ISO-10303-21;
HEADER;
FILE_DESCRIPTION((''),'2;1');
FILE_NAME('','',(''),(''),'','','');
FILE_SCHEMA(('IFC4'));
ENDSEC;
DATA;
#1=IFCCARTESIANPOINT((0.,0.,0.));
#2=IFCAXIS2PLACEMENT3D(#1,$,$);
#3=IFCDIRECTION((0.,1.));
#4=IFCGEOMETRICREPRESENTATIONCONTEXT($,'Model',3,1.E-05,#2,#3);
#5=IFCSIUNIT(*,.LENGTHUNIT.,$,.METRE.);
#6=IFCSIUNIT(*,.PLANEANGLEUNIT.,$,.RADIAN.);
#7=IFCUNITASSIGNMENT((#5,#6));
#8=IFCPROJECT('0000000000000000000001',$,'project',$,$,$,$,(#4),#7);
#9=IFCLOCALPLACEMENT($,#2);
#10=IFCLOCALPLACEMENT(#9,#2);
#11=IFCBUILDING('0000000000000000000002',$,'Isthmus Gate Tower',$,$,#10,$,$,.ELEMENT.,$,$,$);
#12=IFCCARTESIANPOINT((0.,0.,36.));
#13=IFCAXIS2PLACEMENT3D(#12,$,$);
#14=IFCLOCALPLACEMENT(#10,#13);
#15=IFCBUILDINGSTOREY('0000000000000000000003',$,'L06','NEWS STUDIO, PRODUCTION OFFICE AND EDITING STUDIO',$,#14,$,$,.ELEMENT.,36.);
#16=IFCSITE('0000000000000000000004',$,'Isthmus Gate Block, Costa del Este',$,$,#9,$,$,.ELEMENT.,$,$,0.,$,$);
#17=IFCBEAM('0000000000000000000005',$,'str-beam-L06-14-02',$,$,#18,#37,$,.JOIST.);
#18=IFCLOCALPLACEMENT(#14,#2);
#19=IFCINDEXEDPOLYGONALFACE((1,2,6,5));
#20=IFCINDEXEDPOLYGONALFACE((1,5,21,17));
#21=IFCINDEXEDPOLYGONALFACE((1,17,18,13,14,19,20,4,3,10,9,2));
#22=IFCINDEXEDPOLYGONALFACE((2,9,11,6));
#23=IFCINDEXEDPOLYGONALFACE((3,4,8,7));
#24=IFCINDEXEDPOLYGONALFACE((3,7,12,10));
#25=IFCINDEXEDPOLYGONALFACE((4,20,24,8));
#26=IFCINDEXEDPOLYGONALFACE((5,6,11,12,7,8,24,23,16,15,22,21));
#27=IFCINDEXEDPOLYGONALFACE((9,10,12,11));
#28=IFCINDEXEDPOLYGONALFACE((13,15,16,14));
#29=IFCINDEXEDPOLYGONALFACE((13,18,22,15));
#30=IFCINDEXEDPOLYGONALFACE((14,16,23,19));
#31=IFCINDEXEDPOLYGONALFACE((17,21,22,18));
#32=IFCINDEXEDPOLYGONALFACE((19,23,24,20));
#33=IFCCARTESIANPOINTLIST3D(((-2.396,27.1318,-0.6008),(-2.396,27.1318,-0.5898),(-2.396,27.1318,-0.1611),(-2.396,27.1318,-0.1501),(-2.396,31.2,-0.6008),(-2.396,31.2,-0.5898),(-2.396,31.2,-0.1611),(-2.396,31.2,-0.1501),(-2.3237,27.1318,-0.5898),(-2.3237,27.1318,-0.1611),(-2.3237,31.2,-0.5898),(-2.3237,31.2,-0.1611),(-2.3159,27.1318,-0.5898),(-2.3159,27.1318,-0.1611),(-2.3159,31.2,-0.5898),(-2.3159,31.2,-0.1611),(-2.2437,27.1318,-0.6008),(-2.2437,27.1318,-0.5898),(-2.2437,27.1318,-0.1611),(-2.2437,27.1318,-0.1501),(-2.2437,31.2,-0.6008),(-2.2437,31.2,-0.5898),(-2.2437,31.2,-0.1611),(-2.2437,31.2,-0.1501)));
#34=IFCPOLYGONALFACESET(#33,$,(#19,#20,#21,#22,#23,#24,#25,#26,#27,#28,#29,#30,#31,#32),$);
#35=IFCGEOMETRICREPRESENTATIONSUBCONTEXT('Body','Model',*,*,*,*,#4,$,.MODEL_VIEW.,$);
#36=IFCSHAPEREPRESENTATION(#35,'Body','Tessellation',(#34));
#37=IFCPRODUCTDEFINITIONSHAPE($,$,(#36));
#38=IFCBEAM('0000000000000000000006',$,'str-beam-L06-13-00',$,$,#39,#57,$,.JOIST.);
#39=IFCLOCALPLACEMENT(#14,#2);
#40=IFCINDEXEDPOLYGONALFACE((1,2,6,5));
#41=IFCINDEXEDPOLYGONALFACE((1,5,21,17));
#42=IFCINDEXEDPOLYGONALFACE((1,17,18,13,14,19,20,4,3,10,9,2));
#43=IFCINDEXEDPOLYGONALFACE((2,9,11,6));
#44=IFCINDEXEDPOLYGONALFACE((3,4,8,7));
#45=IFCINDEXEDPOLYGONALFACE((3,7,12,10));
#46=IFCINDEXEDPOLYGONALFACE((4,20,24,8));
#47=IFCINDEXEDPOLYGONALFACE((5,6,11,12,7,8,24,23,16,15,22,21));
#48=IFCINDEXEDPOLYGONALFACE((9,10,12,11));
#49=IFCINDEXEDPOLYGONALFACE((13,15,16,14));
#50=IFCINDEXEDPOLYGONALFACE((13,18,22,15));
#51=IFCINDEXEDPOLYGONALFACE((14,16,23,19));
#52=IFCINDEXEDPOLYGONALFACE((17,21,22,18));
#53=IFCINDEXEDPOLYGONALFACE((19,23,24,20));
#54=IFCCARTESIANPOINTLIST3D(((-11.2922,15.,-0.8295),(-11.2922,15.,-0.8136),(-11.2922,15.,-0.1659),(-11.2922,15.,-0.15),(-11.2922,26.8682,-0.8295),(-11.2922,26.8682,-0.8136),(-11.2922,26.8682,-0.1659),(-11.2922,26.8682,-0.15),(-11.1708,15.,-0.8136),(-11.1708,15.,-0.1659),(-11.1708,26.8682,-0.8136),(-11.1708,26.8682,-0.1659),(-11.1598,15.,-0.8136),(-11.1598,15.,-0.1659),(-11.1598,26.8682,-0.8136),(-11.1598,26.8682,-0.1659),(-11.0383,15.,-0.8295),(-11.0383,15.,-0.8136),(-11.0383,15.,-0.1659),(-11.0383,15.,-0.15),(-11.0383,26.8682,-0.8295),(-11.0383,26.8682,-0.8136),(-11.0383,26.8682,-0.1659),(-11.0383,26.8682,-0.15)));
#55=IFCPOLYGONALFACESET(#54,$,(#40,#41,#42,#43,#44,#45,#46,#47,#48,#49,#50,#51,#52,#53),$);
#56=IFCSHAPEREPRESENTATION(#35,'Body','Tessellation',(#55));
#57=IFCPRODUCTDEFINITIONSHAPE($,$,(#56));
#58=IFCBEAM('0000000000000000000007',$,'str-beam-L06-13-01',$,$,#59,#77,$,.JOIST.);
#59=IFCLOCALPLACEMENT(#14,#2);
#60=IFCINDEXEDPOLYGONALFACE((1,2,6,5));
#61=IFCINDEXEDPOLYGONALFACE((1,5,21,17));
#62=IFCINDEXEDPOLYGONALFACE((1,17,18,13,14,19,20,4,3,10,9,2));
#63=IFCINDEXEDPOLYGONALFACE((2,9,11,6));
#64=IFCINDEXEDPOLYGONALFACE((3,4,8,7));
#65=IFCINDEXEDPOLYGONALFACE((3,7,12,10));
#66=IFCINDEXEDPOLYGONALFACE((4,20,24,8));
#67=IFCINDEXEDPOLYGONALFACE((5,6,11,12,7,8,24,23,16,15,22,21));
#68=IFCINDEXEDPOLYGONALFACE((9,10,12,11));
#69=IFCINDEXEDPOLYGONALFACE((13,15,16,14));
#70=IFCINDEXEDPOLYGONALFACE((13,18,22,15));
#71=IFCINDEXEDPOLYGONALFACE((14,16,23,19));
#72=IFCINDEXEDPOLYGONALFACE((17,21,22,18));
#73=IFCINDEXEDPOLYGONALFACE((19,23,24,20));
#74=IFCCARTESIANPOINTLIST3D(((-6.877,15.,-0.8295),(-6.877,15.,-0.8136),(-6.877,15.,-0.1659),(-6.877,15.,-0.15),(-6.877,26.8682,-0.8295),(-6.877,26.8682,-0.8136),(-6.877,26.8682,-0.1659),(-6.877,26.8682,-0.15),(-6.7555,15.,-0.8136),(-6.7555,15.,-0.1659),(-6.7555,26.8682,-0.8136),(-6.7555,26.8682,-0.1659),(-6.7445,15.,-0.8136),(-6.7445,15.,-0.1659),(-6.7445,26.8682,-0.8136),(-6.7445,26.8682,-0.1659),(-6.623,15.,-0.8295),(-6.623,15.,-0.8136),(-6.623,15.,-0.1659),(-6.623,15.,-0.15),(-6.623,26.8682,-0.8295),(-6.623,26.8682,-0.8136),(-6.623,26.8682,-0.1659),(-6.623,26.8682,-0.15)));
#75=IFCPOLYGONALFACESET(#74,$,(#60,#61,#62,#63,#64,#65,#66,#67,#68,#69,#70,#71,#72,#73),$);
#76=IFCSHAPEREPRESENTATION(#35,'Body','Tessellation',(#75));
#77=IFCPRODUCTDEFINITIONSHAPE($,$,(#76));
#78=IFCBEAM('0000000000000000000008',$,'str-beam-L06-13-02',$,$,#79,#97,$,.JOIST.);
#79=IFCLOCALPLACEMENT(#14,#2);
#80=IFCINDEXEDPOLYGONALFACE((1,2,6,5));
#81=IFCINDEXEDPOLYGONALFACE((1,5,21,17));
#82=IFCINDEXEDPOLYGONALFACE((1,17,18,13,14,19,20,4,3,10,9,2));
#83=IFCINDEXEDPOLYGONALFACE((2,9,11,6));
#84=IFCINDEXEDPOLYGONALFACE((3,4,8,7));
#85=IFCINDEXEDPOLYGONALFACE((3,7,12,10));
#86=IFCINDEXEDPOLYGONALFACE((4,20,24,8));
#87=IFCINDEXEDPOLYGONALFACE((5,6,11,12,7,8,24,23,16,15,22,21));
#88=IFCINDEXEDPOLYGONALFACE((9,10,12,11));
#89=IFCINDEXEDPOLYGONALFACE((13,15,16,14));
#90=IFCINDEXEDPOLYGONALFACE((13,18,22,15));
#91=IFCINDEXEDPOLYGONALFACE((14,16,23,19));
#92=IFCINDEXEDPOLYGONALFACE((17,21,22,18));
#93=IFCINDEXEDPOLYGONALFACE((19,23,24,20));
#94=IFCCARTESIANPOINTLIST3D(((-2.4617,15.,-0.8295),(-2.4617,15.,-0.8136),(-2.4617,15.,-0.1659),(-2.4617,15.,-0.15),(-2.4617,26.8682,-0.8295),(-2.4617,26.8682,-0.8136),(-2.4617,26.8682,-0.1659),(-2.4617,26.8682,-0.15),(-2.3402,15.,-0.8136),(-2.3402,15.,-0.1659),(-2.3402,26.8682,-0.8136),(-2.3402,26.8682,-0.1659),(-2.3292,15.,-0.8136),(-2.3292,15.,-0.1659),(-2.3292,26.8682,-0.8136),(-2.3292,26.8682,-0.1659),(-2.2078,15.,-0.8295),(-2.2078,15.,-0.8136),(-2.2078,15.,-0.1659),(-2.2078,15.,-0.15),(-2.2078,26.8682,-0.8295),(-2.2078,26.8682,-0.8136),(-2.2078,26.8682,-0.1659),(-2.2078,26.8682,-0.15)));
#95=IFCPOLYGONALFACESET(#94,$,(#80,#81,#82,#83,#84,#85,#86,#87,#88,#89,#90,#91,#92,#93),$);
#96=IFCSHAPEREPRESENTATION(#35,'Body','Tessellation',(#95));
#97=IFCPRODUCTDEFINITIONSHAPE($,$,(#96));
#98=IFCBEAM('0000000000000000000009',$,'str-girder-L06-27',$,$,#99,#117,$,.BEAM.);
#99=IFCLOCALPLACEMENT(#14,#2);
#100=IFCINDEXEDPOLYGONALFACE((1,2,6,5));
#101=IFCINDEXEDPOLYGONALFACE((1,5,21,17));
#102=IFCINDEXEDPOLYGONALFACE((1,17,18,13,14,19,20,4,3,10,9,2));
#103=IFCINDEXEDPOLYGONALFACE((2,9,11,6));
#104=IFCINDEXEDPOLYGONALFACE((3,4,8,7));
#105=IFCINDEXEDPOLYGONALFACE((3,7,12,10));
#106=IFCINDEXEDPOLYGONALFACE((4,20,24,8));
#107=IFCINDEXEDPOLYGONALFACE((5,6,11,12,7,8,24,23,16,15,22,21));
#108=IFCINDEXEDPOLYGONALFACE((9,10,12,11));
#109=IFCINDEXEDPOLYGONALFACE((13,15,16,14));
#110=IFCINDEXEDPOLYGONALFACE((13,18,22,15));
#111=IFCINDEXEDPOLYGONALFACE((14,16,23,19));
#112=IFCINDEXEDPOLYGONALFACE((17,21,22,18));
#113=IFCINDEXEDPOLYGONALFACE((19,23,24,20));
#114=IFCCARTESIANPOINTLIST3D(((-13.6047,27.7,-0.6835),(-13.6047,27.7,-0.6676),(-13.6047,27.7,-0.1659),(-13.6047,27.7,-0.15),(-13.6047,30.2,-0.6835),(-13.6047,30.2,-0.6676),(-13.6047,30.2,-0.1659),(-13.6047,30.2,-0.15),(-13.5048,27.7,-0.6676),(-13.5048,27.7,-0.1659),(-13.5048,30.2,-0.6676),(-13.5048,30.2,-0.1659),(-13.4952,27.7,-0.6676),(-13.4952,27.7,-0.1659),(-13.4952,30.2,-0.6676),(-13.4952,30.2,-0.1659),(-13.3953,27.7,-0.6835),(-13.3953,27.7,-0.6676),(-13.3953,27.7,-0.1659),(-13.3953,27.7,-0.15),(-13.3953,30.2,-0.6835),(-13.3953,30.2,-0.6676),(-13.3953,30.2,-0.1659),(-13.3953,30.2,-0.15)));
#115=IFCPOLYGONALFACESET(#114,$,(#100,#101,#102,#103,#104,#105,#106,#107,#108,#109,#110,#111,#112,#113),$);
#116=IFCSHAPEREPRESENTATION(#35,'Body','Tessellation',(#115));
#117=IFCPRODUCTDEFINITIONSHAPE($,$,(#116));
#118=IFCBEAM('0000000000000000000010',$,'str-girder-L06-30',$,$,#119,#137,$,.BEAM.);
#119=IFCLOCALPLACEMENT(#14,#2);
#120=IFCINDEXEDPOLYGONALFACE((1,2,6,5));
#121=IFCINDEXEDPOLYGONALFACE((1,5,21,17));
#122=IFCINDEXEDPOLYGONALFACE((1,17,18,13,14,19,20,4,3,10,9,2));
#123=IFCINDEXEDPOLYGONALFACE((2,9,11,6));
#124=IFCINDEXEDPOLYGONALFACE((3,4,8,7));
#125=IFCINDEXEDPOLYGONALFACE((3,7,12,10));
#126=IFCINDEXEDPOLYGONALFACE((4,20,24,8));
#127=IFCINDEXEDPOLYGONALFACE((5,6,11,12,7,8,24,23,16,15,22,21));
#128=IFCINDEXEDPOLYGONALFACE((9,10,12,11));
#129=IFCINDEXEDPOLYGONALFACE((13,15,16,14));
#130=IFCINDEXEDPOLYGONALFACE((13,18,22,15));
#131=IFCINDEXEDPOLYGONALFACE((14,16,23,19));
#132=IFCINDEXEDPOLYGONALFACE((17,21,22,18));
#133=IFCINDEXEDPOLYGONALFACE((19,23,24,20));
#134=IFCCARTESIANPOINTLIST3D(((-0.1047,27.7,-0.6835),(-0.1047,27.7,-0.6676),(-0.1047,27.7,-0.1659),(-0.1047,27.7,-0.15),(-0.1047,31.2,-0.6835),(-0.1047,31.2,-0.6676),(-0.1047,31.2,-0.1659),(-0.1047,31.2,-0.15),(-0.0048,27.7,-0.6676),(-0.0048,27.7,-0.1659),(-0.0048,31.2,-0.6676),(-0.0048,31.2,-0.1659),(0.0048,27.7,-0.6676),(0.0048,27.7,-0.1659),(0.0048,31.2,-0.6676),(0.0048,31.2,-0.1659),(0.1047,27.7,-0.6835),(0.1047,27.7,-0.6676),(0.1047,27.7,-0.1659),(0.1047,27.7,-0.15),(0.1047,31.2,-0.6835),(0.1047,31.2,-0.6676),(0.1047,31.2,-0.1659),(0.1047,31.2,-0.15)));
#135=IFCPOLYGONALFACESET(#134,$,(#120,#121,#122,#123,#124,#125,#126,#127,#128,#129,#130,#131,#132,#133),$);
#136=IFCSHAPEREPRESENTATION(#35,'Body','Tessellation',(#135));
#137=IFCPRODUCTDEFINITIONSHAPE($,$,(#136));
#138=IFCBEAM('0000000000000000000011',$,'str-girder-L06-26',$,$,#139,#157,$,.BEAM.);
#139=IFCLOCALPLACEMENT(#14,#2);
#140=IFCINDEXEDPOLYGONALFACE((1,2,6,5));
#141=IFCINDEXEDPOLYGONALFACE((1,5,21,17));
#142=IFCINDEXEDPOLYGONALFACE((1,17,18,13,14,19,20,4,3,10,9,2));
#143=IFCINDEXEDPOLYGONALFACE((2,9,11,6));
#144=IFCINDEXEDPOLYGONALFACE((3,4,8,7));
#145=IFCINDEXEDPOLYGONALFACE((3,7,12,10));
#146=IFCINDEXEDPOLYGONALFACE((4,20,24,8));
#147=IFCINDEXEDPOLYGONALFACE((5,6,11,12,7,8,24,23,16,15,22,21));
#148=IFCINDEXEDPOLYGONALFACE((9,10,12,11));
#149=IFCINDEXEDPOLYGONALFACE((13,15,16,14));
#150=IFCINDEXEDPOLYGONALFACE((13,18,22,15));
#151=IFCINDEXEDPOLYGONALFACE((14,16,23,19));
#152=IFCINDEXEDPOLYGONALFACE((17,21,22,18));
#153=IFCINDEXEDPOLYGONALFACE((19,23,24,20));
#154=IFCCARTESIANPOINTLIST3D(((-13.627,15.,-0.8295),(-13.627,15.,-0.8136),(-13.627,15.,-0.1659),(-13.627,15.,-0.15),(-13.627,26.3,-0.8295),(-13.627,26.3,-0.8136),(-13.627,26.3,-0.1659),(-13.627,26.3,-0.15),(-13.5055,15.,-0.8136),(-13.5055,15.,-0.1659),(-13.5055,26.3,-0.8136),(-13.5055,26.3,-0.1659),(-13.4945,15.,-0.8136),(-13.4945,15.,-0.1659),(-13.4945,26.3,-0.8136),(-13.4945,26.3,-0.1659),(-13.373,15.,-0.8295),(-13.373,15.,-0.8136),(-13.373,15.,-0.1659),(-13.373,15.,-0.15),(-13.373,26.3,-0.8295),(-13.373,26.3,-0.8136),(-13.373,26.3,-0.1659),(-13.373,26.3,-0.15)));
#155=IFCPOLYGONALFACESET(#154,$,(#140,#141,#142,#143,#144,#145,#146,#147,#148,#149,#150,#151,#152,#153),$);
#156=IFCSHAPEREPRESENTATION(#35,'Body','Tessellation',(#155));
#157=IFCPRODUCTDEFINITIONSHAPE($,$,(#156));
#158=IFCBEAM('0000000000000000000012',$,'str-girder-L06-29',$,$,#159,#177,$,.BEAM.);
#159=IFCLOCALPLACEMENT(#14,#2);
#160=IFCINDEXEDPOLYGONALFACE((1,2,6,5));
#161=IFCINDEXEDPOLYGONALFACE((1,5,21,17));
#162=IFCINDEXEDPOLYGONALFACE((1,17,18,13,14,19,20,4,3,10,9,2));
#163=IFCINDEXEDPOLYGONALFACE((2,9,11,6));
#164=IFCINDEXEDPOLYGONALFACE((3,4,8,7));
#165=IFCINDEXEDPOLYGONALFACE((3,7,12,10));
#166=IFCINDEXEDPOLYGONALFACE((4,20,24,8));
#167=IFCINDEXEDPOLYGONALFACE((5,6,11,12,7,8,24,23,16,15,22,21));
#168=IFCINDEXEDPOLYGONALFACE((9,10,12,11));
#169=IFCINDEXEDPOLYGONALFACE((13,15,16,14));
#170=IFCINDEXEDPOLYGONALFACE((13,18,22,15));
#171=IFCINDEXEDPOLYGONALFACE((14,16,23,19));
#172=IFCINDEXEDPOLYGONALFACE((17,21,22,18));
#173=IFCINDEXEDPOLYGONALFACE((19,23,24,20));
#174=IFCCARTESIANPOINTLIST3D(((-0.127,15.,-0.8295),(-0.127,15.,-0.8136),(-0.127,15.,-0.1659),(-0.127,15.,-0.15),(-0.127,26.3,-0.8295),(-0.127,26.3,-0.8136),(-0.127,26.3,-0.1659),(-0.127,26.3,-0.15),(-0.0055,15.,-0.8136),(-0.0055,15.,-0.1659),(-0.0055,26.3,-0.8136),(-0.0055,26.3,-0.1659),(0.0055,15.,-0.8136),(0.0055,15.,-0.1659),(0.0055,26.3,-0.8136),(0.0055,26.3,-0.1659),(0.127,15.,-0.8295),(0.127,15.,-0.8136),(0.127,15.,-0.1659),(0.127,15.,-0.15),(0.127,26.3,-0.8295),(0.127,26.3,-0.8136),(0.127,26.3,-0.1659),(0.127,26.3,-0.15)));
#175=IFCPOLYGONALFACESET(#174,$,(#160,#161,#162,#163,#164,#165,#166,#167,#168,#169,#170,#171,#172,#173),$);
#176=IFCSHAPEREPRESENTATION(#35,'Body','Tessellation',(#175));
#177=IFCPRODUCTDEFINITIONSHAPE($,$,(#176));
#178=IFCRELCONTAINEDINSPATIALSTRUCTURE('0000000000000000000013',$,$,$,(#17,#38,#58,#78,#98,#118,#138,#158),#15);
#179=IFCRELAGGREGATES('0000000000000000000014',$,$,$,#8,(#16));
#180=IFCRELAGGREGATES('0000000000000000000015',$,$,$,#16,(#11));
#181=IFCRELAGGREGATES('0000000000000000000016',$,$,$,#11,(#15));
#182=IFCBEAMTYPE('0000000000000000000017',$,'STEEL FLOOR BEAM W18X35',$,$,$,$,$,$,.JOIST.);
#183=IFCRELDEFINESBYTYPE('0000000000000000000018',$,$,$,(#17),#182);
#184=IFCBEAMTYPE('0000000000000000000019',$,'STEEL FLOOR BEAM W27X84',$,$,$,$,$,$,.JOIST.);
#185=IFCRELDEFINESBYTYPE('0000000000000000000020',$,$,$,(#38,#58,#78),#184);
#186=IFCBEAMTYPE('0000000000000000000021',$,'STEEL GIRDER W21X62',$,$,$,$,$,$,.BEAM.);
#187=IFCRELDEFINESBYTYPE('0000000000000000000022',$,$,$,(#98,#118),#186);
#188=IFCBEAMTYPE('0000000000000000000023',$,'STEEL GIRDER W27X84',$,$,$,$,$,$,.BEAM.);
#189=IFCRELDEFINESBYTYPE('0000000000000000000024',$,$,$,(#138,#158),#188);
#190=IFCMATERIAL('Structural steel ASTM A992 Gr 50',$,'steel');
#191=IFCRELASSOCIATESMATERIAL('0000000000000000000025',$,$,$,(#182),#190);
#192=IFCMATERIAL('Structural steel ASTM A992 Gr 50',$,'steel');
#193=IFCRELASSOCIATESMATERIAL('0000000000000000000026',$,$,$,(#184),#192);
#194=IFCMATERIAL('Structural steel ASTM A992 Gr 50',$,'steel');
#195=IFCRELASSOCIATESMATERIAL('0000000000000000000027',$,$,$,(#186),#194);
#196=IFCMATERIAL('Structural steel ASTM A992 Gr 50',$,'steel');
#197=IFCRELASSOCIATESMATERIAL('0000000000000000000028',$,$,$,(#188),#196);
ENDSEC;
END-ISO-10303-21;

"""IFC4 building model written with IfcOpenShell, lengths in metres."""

from ifc_helpers import new_model, si_unit, direction, frame, origin, origin_2d, place, context, subcontext, project, spatial, i_section, extrude, material, material_profile, profile_set, type_object, element, save


model = new_model("IFC4")

# Units and contexts
model_context = context("Model", 3, precision=1e-05, world=origin(), true_north=direction((0.0, 1.0)))
body_context = subcontext(model_context, "Body", "Model", "MODEL_VIEW")
ifc_project = project(units=[si_unit("LENGTHUNIT", "METRE"), si_unit("PLANEANGLEUNIT", "RADIAN")], contexts=[model_context])

# Site, building, storey
site_placement = place(None, origin())
site = spatial("IfcSite", under=ifc_project, at=site_placement, Name="Isthmus Gate Block, Costa del Este", CompositionType="ELEMENT", RefElevation=0.0)
building_placement = place(site_placement, origin())
building = spatial("IfcBuilding", under=site, at=building_placement, Name="Isthmus Gate Tower", CompositionType="ELEMENT")
storey_placement = place(building_placement, frame((0.0, 0.0, 36.0)))
storey = spatial("IfcBuildingStorey", under=building, at=storey_placement, Name="L06", Description="NEWS STUDIO, PRODUCTION OFFICE AND EDITING STUDIO", CompositionType="ELEMENT", Elevation=36.0)

# Beams
ifc_material_1 = material(Name="Structural steel ASTM A992 Gr 50", Category="steel")
ifc_material_profile_1 = material_profile(ifc_material_1, i_section(OverallWidth=0.1523, OverallDepth=0.4507, WebThickness=0.0078, FlangeThickness=0.011, at=origin_2d()), Name="W18X35")
ifc_profile_set_1 = profile_set([ifc_material_profile_1], Name="Structural steel ASTM A992 Gr 50")
beam_type_1 = type_object("IfcBeamType", Name="STEEL FLOOR BEAM W18X35", PredefinedType="JOIST", material=ifc_profile_set_1)
for number, where, z_axis, x_axis, name in (
    (1, (-2.3198, 27.1318, -0.3755), (0.0, 1.0, 0.0), (-1.0, 0.0, 0.0), "str-beam-L06-14-02"),
):
    element("IfcBeam", number, at=place(storey_placement, frame(where, z_axis=z_axis, x_axis=x_axis)), inside=storey, type_object=beam_type_1, Name=name, PredefinedType="JOIST", context=body_context, shape_type="SweptSolid", body=[
        extrude(i_section(OverallWidth=0.1523, OverallDepth=0.4507, WebThickness=0.0078, FlangeThickness=0.011, at=origin_2d()), origin(), (0.0, 0.0, 1.0), 4.0681),
    ])
ifc_material_2 = material(Name="Structural steel ASTM A992 Gr 50", Category="steel")
ifc_material_profile_2 = material_profile(ifc_material_2, i_section(OverallWidth=0.2539, OverallDepth=0.6794, WebThickness=0.011, FlangeThickness=0.0159, at=origin_2d()), Name="W27X84")
ifc_profile_set_2 = profile_set([ifc_material_profile_2], Name="Structural steel ASTM A992 Gr 50")
beam_type_2 = type_object("IfcBeamType", Name="STEEL FLOOR BEAM W27X84", PredefinedType="JOIST", material=ifc_profile_set_2)
for number, where, z_axis, x_axis, name in (
    (2, (-11.1653, 15.0, -0.4897), (0.0, 1.0, 0.0), (-1.0, 0.0, 0.0), "str-beam-L06-13-00"),
    (3, (-6.75, 15.0, -0.4897), (0.0, 1.0, 0.0), (-1.0, 0.0, 0.0), "str-beam-L06-13-01"),
    (4, (-2.3347, 15.0, -0.4897), (0.0, 1.0, 0.0), (-1.0, 0.0, 0.0), "str-beam-L06-13-02"),
):
    element("IfcBeam", number, at=place(storey_placement, frame(where, z_axis=z_axis, x_axis=x_axis)), inside=storey, type_object=beam_type_2, Name=name, PredefinedType="JOIST", context=body_context, shape_type="SweptSolid", body=[
        extrude(i_section(OverallWidth=0.2539, OverallDepth=0.6794, WebThickness=0.011, FlangeThickness=0.0159, at=origin_2d()), origin(), (0.0, 0.0, 1.0), 11.8682),
    ])
ifc_material_3 = material(Name="Structural steel ASTM A992 Gr 50", Category="steel")
ifc_material_profile_3 = material_profile(ifc_material_3, i_section(OverallWidth=0.2095, OverallDepth=0.5334, WebThickness=0.0095, FlangeThickness=0.0159, at=origin_2d()), Name="W21X62")
ifc_profile_set_3 = profile_set([ifc_material_profile_3], Name="Structural steel ASTM A992 Gr 50")
beam_type_3 = type_object("IfcBeamType", Name="STEEL GIRDER W21X62", PredefinedType="BEAM", material=ifc_profile_set_3)
beam_1_placement = place(storey_placement, frame((-13.5, 27.7, -0.4167), z_axis=(0.0, 1.0, 0.0), x_axis=(-1.0, 0.0, 0.0)))
element("IfcBeam", 5, at=beam_1_placement, inside=storey, type_object=beam_type_3, Name="str-girder-L06-27", PredefinedType="BEAM", context=body_context, shape_type="SweptSolid", body=[
    extrude(i_section(OverallWidth=0.2095, OverallDepth=0.5334, WebThickness=0.0095, FlangeThickness=0.0159, at=origin_2d()), origin(), (0.0, 0.0, 1.0), 2.5),
])
beam_2_placement = place(storey_placement, frame((0.0, 27.7, -0.4167), z_axis=(0.0, 1.0, 0.0), x_axis=(-1.0, 0.0, 0.0)))
element("IfcBeam", 6, at=beam_2_placement, inside=storey, type_object=beam_type_3, Name="str-girder-L06-30", PredefinedType="BEAM", context=body_context, shape_type="SweptSolid", body=[
    extrude(i_section(OverallWidth=0.2095, OverallDepth=0.5334, WebThickness=0.0095, FlangeThickness=0.0159, at=origin_2d()), origin(), (0.0, 0.0, 1.0), 3.5),
])
ifc_material_4 = material(Name="Structural steel ASTM A992 Gr 50", Category="steel")
ifc_material_profile_4 = material_profile(ifc_material_4, i_section(OverallWidth=0.2539, OverallDepth=0.6794, WebThickness=0.011, FlangeThickness=0.0159, at=origin_2d()), Name="W27X84")
ifc_profile_set_4 = profile_set([ifc_material_profile_4], Name="Structural steel ASTM A992 Gr 50")
beam_type_4 = type_object("IfcBeamType", Name="STEEL GIRDER W27X84", PredefinedType="BEAM", material=ifc_profile_set_4)
for number, where, z_axis, x_axis, name in (
    (7, (-13.5, 15.0, -0.4897), (0.0, 1.0, 0.0), (-1.0, 0.0, 0.0), "str-girder-L06-26"),
    (8, (0.0, 15.0, -0.4897), (0.0, 1.0, 0.0), (-1.0, 0.0, 0.0), "str-girder-L06-29"),
):
    element("IfcBeam", number, at=place(storey_placement, frame(where, z_axis=z_axis, x_axis=x_axis)), inside=storey, type_object=beam_type_4, Name=name, PredefinedType="BEAM", context=body_context, shape_type="SweptSolid", body=[
        extrude(i_section(OverallWidth=0.2539, OverallDepth=0.6794, WebThickness=0.011, FlangeThickness=0.0159, at=origin_2d()), origin(), (0.0, 0.0, 1.0), 11.3),
    ])

save(model, "model.ifc")
